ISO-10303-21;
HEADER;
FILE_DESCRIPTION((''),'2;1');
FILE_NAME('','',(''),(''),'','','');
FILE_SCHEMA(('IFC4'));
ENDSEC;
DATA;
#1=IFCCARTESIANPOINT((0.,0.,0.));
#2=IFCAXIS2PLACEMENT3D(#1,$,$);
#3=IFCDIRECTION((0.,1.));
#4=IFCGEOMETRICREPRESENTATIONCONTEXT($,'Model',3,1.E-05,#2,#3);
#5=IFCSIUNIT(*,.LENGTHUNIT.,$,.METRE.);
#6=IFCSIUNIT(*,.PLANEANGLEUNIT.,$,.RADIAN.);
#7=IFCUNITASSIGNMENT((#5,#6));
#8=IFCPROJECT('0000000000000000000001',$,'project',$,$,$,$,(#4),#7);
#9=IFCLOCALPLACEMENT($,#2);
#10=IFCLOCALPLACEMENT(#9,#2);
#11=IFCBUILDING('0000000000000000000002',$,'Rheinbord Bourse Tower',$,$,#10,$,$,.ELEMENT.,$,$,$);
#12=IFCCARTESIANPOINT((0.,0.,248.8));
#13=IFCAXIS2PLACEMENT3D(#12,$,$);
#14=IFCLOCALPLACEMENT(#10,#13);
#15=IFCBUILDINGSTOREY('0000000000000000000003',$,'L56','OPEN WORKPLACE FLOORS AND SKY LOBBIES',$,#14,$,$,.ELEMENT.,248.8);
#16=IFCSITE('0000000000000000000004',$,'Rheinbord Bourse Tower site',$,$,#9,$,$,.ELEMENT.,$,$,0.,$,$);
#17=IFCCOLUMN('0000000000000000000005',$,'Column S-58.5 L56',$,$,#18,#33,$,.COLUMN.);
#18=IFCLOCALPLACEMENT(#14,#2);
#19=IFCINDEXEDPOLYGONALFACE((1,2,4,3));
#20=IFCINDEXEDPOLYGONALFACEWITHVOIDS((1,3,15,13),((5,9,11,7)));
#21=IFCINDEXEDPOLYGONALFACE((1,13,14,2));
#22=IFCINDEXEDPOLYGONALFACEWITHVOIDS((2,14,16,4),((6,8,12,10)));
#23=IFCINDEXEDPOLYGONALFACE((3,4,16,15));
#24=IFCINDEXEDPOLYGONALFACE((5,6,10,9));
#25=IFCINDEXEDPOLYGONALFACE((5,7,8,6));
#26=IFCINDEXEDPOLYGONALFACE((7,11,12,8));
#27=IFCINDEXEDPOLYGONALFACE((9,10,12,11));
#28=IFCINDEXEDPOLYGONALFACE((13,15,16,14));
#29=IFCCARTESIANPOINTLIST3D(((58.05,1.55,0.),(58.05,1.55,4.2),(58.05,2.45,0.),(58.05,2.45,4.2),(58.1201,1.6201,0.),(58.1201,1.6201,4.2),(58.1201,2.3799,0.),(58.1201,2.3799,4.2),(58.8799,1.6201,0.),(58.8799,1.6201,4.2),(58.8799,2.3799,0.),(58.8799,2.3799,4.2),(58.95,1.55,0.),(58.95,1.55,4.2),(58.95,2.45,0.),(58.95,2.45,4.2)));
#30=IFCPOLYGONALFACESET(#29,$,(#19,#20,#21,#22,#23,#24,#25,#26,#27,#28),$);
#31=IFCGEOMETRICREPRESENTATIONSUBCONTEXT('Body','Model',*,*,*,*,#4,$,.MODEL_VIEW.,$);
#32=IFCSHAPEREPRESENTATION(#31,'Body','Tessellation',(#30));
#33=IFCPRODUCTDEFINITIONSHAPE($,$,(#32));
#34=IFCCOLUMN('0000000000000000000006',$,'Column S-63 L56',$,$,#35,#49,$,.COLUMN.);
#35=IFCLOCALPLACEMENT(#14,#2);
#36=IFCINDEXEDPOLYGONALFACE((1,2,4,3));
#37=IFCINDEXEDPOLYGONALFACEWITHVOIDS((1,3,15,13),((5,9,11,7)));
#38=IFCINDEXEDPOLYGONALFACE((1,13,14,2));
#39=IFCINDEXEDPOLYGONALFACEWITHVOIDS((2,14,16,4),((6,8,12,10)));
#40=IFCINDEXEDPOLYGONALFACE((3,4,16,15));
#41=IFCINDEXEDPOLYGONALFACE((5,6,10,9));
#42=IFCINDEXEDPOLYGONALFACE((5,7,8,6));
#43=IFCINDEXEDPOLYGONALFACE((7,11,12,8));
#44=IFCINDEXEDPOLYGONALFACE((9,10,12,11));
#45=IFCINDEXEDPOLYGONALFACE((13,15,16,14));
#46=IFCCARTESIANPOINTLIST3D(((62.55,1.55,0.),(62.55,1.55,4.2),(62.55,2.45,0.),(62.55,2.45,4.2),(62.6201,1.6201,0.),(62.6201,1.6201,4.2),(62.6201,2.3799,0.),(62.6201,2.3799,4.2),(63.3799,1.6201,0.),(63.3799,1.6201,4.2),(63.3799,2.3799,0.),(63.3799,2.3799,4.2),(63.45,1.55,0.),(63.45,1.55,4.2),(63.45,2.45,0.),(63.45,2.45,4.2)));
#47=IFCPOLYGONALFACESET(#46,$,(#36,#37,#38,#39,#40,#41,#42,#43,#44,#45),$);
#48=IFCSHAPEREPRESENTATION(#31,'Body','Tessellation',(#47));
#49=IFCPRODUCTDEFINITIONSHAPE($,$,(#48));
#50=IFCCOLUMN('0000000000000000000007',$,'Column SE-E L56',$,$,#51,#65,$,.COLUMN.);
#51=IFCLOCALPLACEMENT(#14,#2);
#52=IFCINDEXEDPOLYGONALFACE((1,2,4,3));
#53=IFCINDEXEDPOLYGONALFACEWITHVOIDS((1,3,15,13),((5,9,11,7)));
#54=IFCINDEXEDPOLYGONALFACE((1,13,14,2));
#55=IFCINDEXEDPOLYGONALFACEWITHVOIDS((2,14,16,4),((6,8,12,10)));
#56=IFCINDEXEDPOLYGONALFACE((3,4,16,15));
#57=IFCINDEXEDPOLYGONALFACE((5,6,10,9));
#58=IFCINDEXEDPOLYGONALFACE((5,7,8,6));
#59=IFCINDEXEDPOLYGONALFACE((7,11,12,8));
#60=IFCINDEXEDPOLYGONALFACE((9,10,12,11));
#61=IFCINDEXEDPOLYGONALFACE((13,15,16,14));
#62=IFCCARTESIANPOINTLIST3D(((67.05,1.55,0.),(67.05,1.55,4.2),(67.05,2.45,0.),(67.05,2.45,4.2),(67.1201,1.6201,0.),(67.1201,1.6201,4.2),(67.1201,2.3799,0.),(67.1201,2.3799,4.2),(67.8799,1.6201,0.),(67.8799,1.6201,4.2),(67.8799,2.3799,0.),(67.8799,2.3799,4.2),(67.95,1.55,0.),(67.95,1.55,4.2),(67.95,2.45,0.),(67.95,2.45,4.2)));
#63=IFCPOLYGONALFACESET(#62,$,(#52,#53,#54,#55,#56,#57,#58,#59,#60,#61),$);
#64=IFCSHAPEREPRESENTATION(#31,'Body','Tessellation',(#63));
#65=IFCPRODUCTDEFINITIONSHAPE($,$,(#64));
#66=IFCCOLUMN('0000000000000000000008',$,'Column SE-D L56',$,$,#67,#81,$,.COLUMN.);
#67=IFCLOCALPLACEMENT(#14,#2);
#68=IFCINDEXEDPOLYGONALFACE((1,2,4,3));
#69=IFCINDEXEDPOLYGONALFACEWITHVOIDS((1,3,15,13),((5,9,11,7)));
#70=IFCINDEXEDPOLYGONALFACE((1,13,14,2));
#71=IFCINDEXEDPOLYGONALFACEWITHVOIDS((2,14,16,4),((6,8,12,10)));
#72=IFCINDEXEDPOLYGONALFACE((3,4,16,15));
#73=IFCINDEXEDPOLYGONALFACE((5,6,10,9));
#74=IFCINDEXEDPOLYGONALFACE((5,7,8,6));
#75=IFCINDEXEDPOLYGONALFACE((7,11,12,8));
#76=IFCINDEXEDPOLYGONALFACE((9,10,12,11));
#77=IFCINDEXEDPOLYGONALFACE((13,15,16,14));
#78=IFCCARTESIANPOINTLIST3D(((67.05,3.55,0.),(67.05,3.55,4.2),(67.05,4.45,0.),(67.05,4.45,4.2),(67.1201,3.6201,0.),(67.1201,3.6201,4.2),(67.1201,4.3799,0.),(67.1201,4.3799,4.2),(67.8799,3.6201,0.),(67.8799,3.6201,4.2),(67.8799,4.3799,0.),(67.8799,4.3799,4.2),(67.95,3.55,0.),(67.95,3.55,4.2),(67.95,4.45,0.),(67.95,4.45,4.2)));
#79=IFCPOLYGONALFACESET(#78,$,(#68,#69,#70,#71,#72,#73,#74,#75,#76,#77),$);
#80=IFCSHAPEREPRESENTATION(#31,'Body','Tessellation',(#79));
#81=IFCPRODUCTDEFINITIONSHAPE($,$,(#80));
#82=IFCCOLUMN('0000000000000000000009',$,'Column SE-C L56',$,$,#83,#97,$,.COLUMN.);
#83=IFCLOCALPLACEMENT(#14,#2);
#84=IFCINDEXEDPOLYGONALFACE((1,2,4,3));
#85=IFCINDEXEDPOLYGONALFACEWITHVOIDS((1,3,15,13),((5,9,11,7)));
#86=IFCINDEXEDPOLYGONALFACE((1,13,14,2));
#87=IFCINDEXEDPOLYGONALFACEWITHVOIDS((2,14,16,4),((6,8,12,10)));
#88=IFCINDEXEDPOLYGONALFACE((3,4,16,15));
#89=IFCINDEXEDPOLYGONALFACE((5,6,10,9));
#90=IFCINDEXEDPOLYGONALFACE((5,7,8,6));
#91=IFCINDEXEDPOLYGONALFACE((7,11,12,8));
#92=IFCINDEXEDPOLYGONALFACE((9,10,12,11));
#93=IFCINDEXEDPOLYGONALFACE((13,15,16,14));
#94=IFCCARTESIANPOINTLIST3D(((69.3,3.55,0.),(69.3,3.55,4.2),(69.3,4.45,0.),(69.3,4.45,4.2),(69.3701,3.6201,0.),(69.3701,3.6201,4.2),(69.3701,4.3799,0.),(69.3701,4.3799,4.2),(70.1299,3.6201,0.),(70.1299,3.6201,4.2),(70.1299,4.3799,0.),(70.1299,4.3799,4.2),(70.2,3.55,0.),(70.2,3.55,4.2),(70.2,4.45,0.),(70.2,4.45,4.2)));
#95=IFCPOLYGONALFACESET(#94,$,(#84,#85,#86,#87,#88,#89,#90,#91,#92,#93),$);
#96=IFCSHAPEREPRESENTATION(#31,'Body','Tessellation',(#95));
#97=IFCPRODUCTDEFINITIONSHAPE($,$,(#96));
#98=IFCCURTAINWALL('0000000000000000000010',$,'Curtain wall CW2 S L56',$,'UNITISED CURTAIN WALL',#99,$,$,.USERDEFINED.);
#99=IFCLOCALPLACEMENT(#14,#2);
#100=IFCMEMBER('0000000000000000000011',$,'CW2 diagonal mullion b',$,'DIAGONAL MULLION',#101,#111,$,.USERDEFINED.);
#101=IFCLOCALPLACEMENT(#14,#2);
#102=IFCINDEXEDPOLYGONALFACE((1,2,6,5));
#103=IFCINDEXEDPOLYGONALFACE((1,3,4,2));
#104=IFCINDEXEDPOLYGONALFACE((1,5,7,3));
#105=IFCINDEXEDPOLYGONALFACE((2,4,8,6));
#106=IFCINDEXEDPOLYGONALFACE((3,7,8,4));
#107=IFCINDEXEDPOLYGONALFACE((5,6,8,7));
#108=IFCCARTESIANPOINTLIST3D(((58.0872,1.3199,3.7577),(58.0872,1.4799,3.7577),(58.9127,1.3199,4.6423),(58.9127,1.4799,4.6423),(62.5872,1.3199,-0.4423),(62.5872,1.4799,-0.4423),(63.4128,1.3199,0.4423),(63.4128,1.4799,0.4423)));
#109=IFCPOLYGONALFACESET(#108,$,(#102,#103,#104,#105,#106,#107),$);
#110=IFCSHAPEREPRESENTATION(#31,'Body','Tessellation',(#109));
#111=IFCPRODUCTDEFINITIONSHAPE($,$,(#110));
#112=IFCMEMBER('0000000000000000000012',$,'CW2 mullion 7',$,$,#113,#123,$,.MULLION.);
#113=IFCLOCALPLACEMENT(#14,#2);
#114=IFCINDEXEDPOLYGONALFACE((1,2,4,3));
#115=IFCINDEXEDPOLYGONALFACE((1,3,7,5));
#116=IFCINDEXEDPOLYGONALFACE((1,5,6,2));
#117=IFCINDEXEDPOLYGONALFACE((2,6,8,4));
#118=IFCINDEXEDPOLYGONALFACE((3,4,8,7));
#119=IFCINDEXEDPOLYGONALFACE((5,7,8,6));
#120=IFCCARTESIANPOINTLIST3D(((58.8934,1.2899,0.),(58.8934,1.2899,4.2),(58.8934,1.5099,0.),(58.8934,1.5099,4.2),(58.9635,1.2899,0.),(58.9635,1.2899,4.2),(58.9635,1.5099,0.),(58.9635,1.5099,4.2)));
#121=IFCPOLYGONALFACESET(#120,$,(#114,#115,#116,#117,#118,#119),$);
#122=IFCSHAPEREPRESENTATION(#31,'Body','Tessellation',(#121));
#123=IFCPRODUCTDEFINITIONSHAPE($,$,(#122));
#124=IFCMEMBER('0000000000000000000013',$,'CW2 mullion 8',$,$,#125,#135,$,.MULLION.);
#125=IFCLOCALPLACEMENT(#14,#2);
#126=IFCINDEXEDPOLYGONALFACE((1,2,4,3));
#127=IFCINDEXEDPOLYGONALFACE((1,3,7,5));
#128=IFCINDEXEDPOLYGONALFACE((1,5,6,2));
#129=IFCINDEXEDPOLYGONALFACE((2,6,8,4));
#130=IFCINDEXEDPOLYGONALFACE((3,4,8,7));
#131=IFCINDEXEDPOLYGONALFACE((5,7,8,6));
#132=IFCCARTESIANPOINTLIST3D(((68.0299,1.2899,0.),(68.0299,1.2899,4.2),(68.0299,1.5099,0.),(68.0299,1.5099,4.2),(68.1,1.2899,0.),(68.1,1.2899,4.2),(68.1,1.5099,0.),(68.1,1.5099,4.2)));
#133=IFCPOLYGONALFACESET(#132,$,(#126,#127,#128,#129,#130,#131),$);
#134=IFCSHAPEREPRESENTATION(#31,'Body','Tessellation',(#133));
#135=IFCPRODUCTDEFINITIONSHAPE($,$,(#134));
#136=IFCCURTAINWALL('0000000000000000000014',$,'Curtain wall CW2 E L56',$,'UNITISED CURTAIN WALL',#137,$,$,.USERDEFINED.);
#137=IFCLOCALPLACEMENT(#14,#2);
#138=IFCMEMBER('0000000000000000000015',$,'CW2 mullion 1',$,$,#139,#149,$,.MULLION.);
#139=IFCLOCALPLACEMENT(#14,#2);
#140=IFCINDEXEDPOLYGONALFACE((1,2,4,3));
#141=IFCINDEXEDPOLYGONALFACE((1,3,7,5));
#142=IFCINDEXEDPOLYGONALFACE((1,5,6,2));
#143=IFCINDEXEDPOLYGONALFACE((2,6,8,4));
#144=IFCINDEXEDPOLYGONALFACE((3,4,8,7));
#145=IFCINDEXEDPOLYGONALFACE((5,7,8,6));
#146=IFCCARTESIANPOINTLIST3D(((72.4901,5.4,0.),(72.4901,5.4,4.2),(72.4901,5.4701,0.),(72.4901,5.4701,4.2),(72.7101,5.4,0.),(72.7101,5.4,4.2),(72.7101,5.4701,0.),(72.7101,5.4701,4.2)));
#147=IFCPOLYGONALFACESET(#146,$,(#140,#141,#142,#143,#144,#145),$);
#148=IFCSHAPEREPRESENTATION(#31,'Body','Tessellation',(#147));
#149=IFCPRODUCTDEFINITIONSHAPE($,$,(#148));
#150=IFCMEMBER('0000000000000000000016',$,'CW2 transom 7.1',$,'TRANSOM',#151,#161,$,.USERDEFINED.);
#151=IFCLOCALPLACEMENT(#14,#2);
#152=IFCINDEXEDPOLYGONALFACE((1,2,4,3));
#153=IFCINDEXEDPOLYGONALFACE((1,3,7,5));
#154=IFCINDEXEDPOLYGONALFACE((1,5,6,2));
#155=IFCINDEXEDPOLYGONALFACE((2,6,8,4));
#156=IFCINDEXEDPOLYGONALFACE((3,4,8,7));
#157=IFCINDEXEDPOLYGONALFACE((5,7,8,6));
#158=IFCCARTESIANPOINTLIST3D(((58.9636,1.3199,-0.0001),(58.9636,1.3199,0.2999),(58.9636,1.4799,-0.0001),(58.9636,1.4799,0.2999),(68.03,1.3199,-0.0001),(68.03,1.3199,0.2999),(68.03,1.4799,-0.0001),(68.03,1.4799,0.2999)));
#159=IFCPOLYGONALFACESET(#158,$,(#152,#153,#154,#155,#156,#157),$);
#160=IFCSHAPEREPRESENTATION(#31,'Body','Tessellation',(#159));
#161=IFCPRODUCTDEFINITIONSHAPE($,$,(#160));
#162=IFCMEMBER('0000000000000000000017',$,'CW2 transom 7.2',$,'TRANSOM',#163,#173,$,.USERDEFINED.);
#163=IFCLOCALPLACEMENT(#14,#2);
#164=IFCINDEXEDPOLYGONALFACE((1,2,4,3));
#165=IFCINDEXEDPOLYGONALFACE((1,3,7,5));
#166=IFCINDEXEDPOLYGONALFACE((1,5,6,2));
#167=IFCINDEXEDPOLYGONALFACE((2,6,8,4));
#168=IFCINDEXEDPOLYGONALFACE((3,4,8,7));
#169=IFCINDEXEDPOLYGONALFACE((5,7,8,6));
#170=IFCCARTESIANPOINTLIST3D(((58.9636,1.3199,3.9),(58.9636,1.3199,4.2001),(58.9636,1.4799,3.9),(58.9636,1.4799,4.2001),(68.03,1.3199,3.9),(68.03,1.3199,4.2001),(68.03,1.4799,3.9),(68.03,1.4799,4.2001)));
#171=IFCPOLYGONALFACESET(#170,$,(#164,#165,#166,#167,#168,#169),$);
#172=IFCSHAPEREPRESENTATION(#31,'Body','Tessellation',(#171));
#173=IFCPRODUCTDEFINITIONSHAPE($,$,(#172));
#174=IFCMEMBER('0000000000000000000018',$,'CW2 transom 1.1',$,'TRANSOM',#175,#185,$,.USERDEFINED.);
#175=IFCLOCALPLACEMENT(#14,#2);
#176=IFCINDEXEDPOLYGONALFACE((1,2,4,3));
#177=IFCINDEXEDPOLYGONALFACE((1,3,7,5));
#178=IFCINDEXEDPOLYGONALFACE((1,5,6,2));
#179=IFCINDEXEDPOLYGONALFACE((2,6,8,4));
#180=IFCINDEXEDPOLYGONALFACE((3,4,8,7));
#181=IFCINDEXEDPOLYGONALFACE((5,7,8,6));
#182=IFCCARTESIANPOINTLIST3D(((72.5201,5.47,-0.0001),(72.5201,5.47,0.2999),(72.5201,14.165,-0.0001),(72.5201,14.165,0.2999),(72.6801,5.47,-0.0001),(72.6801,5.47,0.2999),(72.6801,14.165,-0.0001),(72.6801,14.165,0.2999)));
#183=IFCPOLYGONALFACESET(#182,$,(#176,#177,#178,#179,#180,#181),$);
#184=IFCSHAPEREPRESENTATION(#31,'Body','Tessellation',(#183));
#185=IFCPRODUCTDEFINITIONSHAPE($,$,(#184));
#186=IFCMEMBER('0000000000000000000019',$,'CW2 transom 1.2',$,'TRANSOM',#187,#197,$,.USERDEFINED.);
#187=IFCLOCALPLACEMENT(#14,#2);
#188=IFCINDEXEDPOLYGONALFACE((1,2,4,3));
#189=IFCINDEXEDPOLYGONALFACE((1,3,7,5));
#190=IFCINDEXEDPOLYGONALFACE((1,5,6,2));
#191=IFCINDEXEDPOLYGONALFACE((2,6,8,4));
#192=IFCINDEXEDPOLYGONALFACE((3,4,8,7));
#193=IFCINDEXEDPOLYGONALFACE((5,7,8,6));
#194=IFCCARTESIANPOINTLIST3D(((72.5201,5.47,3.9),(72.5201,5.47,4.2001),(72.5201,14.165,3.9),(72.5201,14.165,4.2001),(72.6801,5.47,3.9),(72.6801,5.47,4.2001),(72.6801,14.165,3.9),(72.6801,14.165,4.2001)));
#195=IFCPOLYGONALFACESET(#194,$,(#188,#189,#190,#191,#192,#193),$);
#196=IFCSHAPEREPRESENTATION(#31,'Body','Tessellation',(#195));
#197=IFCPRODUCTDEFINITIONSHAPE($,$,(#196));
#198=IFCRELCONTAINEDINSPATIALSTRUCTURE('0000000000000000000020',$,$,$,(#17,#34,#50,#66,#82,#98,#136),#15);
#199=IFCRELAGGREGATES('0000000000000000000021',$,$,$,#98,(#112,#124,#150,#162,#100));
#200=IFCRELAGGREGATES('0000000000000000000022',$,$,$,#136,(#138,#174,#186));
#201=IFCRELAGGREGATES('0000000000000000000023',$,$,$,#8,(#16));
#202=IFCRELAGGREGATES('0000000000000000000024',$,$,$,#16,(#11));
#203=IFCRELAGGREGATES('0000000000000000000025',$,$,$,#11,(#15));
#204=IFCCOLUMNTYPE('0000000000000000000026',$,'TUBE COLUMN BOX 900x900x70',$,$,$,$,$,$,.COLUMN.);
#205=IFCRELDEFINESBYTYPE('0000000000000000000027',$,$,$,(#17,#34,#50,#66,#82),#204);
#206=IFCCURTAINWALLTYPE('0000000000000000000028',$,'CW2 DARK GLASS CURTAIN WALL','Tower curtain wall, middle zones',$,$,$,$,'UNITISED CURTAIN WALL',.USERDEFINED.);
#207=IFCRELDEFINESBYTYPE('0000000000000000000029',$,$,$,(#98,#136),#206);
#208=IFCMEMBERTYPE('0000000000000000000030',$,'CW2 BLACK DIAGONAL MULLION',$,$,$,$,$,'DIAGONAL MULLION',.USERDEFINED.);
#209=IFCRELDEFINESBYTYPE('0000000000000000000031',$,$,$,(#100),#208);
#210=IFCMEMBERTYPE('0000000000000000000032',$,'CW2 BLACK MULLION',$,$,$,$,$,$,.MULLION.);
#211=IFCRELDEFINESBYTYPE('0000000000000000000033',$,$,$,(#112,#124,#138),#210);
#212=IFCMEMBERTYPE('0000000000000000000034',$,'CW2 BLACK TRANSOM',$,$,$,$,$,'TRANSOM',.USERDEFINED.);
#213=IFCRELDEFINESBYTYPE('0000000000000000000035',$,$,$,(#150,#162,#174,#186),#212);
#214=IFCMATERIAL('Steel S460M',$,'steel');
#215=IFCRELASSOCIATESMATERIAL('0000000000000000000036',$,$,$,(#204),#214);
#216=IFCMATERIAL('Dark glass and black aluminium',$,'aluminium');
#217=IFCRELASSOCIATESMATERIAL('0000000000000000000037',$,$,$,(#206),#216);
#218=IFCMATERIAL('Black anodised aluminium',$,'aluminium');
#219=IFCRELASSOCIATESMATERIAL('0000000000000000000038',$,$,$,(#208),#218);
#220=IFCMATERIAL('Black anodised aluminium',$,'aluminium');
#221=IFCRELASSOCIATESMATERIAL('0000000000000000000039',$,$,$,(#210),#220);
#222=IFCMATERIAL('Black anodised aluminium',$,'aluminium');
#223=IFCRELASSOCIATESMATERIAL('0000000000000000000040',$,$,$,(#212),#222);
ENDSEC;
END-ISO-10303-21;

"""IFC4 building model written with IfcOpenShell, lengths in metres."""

from ifc_helpers import new_model, si_unit, direction, frame, origin, origin_2d, place, context, subcontext, project, spatial, rectangle, hollow_rectangle, extrude, material, material_profile, profile_set, type_object, element, aggregate, save


model = new_model("IFC4")

# Units and contexts
model_context = context("Model", 3, precision=1e-05, world=origin(), true_north=direction((0.0, 1.0)))
body_context = subcontext(model_context, "Body", "Model", "MODEL_VIEW")
ifc_project = project(units=[si_unit("LENGTHUNIT", "METRE"), si_unit("PLANEANGLEUNIT", "RADIAN")], contexts=[model_context])

# Site, building, storey
site_placement = place(None, origin())
site = spatial("IfcSite", under=ifc_project, at=site_placement, Name="Rheinbord Bourse Tower site", CompositionType="ELEMENT", RefElevation=0.0)
building_placement = place(site_placement, origin())
building = spatial("IfcBuilding", under=site, at=building_placement, Name="Rheinbord Bourse Tower", CompositionType="ELEMENT")
storey_placement = place(building_placement, frame((0.0, 0.0, 248.8)))
storey = spatial("IfcBuildingStorey", under=building, at=storey_placement, Name="L56", Description="OPEN WORKPLACE FLOORS AND SKY LOBBIES", CompositionType="ELEMENT", Elevation=248.8)

# Columns
ifc_material_1 = material(Name="Steel S460M", Category="steel")
ifc_material_profile_1 = material_profile(ifc_material_1, hollow_rectangle(XDim=0.8999, YDim=0.8999, WallThickness=0.0701, at=origin_2d()), Name="BOX 900x900x70")
ifc_profile_set_1 = profile_set([ifc_material_profile_1], Name="Steel S460M")
column_type = type_object("IfcColumnType", Name="TUBE COLUMN BOX 900x900x70", PredefinedType="COLUMN", material=ifc_profile_set_1)
for number, where, z_axis, x_axis, name in (
    (1, (58.5, 2.0, 0.0), (0.0, 0.0, 1.0), (0.0, 1.0, 0.0), "Column S-58.5 L56"),
    (2, (63.0, 2.0, 0.0), (0.0, 0.0, 1.0), (0.0, 1.0, 0.0), "Column S-63 L56"),
    (3, (67.5, 2.0, 0.0), (0.0, 0.0, 1.0), (0.0, 1.0, 0.0), "Column SE-E L56"),
    (4, (67.5, 4.0, 0.0), (0.0, 0.0, 1.0), (0.0, 1.0, 0.0), "Column SE-D L56"),
    (5, (69.75, 4.0, 0.0), (0.0, 0.0, 1.0), (1.0, 0.0, 0.0), "Column SE-C L56"),
):
    element("IfcColumn", number, at=place(storey_placement, frame(where, z_axis=z_axis, x_axis=x_axis)), inside=storey, type_object=column_type, Name=name, PredefinedType="COLUMN", context=body_context, shape_type="SweptSolid", body=[
        extrude(hollow_rectangle(XDim=0.8999, YDim=0.8999, WallThickness=0.0701, at=origin_2d()), origin(), (0.0, 0.0, 1.0), 4.2),
    ])

# Curtain wall, members
ifc_material_2 = material(Name="Dark glass and black aluminium", Category="aluminium")
curtain_wall_type = type_object("IfcCurtainWallType", Name="CW2 DARK GLASS CURTAIN WALL", Description="Tower curtain wall, middle zones", ElementType="UNITISED CURTAIN WALL", PredefinedType="USERDEFINED", material=ifc_material_2)
curtain_wall_1_placement = place(storey_placement, origin())
curtain_wall_1 = element("IfcCurtainWall", 6, at=curtain_wall_1_placement, inside=storey, type_object=curtain_wall_type, Name="Curtain wall CW2 S L56", ObjectType="UNITISED CURTAIN WALL", PredefinedType="USERDEFINED")
ifc_material_3 = material(Name="Black anodised aluminium", Category="aluminium")
ifc_material_profile_2 = material_profile(ifc_material_3, rectangle(XDim=0.1599, YDim=1.21, at=origin_2d()), Name="CW2 DIAGONAL MULLION 1210x160")
ifc_profile_set_2 = profile_set([ifc_material_profile_2], Name="Black anodised aluminium")
member_type_1 = type_object("IfcMemberType", Name="CW2 BLACK DIAGONAL MULLION", ElementType="DIAGONAL MULLION", PredefinedType="USERDEFINED", material=ifc_profile_set_2)
member_1_placement = place(storey_placement, frame((63.0, 1.3999, 0.0), z_axis=(-0.731059, 0.0, 0.682314), x_axis=(0.0, -1.0, 0.0)))
member_1 = element("IfcMember", 7, at=member_1_placement, type_object=member_type_1, Name="CW2 diagonal mullion b", ObjectType="DIAGONAL MULLION", PredefinedType="USERDEFINED", context=body_context, shape_type="SweptSolid", body=[
    extrude(rectangle(XDim=0.1599, YDim=1.21, at=origin_2d()), origin(), (0.0, 0.0, 1.0), 6.1555),
])
ifc_material_4 = material(Name="Black anodised aluminium", Category="aluminium")
ifc_material_profile_3 = material_profile(ifc_material_4, rectangle(XDim=0.22, YDim=0.0701, at=origin_2d()), Name="CW2 MULLION 70x220")
ifc_profile_set_3 = profile_set([ifc_material_profile_3], Name="Black anodised aluminium")
member_type_2 = type_object("IfcMemberType", Name="CW2 BLACK MULLION", PredefinedType="MULLION", material=ifc_profile_set_3)
member_2_placement = place(storey_placement, frame((58.9285, 1.3999, 0.0), z_axis=(0.0, 0.0, 1.0), x_axis=(0.0, 1.0, 0.0)))
member_2 = element("IfcMember", 8, at=member_2_placement, type_object=member_type_2, Name="CW2 mullion 7", PredefinedType="MULLION", context=body_context, shape_type="SweptSolid", body=[
    extrude(rectangle(XDim=0.22, YDim=0.0701, at=origin_2d()), origin(), (0.0, 0.0, 1.0), 4.2),
])
member_3_placement = place(storey_placement, frame((68.0649, 1.3999, 0.0), z_axis=(0.0, 0.0, 1.0), x_axis=(0.0, 1.0, 0.0)))
member_3 = element("IfcMember", 9, at=member_3_placement, type_object=member_type_2, Name="CW2 mullion 8", PredefinedType="MULLION", context=body_context, shape_type="SweptSolid", body=[
    extrude(rectangle(XDim=0.22, YDim=0.0701, at=origin_2d()), origin(), (0.0, 0.0, 1.0), 4.2),
])

# Curtain wall, member
curtain_wall_2_placement = place(storey_placement, origin())
curtain_wall_2 = element("IfcCurtainWall", 10, at=curtain_wall_2_placement, inside=storey, type_object=curtain_wall_type, Name="Curtain wall CW2 E L56", ObjectType="UNITISED CURTAIN WALL", PredefinedType="USERDEFINED")
member_4_placement = place(storey_placement, frame((72.6001, 5.4351, 0.0), z_axis=(0.0, 0.0, 1.0), x_axis=(-1.0, 0.0, 0.0)))
member_4 = element("IfcMember", 11, at=member_4_placement, type_object=member_type_2, Name="CW2 mullion 1", PredefinedType="MULLION", context=body_context, shape_type="SweptSolid", body=[
    extrude(rectangle(XDim=0.22, YDim=0.0701, at=origin_2d()), origin(), (0.0, 0.0, 1.0), 4.2),
])

# Members
ifc_material_5 = material(Name="Black anodised aluminium", Category="aluminium")
ifc_material_profile_4 = material_profile(ifc_material_5, rectangle(XDim=0.1599, YDim=0.3, at=origin_2d()), Name="CW2 TRANSOM 300x160")
ifc_profile_set_4 = profile_set([ifc_material_profile_4], Name="Black anodised aluminium")
member_type_3 = type_object("IfcMemberType", Name="CW2 BLACK TRANSOM", ElementType="TRANSOM", PredefinedType="USERDEFINED", material=ifc_profile_set_4)
member_5_placement = place(storey_placement, frame((58.9636, 1.3999, 0.1499), z_axis=(1.0, 0.0, 0.0), x_axis=(0.0, 1.0, 0.0)))
member_5 = element("IfcMember", 12, at=member_5_placement, type_object=member_type_3, Name="CW2 transom 7.1", ObjectType="TRANSOM", PredefinedType="USERDEFINED", context=body_context, shape_type="SweptSolid", body=[
    extrude(rectangle(XDim=0.1599, YDim=0.3, at=origin_2d()), origin(), (0.0, 0.0, 1.0), 9.0664),
])
member_6_placement = place(storey_placement, frame((58.9636, 1.3999, 4.05), z_axis=(1.0, 0.0, 0.0), x_axis=(0.0, 1.0, 0.0)))
member_6 = element("IfcMember", 13, at=member_6_placement, type_object=member_type_3, Name="CW2 transom 7.2", ObjectType="TRANSOM", PredefinedType="USERDEFINED", context=body_context, shape_type="SweptSolid", body=[
    extrude(rectangle(XDim=0.1599, YDim=0.3, at=origin_2d()), origin(), (0.0, 0.0, 1.0), 9.0664),
])
member_7_placement = place(storey_placement, frame((72.6001, 5.47, 0.1499), z_axis=(0.0, 1.0, 0.0), x_axis=(-1.0, 0.0, 0.0)))
member_7 = element("IfcMember", 14, at=member_7_placement, type_object=member_type_3, Name="CW2 transom 1.1", ObjectType="TRANSOM", PredefinedType="USERDEFINED", context=body_context, shape_type="SweptSolid", body=[
    extrude(rectangle(XDim=0.1599, YDim=0.3, at=origin_2d()), origin(), (0.0, 0.0, 1.0), 8.6951),
])
member_8_placement = place(storey_placement, frame((72.6001, 5.47, 4.05), z_axis=(0.0, 1.0, 0.0), x_axis=(-1.0, 0.0, 0.0)))
member_8 = element("IfcMember", 15, at=member_8_placement, type_object=member_type_3, Name="CW2 transom 1.2", ObjectType="TRANSOM", PredefinedType="USERDEFINED", context=body_context, shape_type="SweptSolid", body=[
    extrude(rectangle(XDim=0.1599, YDim=0.3, at=origin_2d()), origin(), (0.0, 0.0, 1.0), 8.6951),
])

aggregate(curtain_wall_1, [member_2, member_3, member_5, member_6, member_1])
aggregate(curtain_wall_2, [member_4, member_7, member_8])

save(model, "model.ifc")
